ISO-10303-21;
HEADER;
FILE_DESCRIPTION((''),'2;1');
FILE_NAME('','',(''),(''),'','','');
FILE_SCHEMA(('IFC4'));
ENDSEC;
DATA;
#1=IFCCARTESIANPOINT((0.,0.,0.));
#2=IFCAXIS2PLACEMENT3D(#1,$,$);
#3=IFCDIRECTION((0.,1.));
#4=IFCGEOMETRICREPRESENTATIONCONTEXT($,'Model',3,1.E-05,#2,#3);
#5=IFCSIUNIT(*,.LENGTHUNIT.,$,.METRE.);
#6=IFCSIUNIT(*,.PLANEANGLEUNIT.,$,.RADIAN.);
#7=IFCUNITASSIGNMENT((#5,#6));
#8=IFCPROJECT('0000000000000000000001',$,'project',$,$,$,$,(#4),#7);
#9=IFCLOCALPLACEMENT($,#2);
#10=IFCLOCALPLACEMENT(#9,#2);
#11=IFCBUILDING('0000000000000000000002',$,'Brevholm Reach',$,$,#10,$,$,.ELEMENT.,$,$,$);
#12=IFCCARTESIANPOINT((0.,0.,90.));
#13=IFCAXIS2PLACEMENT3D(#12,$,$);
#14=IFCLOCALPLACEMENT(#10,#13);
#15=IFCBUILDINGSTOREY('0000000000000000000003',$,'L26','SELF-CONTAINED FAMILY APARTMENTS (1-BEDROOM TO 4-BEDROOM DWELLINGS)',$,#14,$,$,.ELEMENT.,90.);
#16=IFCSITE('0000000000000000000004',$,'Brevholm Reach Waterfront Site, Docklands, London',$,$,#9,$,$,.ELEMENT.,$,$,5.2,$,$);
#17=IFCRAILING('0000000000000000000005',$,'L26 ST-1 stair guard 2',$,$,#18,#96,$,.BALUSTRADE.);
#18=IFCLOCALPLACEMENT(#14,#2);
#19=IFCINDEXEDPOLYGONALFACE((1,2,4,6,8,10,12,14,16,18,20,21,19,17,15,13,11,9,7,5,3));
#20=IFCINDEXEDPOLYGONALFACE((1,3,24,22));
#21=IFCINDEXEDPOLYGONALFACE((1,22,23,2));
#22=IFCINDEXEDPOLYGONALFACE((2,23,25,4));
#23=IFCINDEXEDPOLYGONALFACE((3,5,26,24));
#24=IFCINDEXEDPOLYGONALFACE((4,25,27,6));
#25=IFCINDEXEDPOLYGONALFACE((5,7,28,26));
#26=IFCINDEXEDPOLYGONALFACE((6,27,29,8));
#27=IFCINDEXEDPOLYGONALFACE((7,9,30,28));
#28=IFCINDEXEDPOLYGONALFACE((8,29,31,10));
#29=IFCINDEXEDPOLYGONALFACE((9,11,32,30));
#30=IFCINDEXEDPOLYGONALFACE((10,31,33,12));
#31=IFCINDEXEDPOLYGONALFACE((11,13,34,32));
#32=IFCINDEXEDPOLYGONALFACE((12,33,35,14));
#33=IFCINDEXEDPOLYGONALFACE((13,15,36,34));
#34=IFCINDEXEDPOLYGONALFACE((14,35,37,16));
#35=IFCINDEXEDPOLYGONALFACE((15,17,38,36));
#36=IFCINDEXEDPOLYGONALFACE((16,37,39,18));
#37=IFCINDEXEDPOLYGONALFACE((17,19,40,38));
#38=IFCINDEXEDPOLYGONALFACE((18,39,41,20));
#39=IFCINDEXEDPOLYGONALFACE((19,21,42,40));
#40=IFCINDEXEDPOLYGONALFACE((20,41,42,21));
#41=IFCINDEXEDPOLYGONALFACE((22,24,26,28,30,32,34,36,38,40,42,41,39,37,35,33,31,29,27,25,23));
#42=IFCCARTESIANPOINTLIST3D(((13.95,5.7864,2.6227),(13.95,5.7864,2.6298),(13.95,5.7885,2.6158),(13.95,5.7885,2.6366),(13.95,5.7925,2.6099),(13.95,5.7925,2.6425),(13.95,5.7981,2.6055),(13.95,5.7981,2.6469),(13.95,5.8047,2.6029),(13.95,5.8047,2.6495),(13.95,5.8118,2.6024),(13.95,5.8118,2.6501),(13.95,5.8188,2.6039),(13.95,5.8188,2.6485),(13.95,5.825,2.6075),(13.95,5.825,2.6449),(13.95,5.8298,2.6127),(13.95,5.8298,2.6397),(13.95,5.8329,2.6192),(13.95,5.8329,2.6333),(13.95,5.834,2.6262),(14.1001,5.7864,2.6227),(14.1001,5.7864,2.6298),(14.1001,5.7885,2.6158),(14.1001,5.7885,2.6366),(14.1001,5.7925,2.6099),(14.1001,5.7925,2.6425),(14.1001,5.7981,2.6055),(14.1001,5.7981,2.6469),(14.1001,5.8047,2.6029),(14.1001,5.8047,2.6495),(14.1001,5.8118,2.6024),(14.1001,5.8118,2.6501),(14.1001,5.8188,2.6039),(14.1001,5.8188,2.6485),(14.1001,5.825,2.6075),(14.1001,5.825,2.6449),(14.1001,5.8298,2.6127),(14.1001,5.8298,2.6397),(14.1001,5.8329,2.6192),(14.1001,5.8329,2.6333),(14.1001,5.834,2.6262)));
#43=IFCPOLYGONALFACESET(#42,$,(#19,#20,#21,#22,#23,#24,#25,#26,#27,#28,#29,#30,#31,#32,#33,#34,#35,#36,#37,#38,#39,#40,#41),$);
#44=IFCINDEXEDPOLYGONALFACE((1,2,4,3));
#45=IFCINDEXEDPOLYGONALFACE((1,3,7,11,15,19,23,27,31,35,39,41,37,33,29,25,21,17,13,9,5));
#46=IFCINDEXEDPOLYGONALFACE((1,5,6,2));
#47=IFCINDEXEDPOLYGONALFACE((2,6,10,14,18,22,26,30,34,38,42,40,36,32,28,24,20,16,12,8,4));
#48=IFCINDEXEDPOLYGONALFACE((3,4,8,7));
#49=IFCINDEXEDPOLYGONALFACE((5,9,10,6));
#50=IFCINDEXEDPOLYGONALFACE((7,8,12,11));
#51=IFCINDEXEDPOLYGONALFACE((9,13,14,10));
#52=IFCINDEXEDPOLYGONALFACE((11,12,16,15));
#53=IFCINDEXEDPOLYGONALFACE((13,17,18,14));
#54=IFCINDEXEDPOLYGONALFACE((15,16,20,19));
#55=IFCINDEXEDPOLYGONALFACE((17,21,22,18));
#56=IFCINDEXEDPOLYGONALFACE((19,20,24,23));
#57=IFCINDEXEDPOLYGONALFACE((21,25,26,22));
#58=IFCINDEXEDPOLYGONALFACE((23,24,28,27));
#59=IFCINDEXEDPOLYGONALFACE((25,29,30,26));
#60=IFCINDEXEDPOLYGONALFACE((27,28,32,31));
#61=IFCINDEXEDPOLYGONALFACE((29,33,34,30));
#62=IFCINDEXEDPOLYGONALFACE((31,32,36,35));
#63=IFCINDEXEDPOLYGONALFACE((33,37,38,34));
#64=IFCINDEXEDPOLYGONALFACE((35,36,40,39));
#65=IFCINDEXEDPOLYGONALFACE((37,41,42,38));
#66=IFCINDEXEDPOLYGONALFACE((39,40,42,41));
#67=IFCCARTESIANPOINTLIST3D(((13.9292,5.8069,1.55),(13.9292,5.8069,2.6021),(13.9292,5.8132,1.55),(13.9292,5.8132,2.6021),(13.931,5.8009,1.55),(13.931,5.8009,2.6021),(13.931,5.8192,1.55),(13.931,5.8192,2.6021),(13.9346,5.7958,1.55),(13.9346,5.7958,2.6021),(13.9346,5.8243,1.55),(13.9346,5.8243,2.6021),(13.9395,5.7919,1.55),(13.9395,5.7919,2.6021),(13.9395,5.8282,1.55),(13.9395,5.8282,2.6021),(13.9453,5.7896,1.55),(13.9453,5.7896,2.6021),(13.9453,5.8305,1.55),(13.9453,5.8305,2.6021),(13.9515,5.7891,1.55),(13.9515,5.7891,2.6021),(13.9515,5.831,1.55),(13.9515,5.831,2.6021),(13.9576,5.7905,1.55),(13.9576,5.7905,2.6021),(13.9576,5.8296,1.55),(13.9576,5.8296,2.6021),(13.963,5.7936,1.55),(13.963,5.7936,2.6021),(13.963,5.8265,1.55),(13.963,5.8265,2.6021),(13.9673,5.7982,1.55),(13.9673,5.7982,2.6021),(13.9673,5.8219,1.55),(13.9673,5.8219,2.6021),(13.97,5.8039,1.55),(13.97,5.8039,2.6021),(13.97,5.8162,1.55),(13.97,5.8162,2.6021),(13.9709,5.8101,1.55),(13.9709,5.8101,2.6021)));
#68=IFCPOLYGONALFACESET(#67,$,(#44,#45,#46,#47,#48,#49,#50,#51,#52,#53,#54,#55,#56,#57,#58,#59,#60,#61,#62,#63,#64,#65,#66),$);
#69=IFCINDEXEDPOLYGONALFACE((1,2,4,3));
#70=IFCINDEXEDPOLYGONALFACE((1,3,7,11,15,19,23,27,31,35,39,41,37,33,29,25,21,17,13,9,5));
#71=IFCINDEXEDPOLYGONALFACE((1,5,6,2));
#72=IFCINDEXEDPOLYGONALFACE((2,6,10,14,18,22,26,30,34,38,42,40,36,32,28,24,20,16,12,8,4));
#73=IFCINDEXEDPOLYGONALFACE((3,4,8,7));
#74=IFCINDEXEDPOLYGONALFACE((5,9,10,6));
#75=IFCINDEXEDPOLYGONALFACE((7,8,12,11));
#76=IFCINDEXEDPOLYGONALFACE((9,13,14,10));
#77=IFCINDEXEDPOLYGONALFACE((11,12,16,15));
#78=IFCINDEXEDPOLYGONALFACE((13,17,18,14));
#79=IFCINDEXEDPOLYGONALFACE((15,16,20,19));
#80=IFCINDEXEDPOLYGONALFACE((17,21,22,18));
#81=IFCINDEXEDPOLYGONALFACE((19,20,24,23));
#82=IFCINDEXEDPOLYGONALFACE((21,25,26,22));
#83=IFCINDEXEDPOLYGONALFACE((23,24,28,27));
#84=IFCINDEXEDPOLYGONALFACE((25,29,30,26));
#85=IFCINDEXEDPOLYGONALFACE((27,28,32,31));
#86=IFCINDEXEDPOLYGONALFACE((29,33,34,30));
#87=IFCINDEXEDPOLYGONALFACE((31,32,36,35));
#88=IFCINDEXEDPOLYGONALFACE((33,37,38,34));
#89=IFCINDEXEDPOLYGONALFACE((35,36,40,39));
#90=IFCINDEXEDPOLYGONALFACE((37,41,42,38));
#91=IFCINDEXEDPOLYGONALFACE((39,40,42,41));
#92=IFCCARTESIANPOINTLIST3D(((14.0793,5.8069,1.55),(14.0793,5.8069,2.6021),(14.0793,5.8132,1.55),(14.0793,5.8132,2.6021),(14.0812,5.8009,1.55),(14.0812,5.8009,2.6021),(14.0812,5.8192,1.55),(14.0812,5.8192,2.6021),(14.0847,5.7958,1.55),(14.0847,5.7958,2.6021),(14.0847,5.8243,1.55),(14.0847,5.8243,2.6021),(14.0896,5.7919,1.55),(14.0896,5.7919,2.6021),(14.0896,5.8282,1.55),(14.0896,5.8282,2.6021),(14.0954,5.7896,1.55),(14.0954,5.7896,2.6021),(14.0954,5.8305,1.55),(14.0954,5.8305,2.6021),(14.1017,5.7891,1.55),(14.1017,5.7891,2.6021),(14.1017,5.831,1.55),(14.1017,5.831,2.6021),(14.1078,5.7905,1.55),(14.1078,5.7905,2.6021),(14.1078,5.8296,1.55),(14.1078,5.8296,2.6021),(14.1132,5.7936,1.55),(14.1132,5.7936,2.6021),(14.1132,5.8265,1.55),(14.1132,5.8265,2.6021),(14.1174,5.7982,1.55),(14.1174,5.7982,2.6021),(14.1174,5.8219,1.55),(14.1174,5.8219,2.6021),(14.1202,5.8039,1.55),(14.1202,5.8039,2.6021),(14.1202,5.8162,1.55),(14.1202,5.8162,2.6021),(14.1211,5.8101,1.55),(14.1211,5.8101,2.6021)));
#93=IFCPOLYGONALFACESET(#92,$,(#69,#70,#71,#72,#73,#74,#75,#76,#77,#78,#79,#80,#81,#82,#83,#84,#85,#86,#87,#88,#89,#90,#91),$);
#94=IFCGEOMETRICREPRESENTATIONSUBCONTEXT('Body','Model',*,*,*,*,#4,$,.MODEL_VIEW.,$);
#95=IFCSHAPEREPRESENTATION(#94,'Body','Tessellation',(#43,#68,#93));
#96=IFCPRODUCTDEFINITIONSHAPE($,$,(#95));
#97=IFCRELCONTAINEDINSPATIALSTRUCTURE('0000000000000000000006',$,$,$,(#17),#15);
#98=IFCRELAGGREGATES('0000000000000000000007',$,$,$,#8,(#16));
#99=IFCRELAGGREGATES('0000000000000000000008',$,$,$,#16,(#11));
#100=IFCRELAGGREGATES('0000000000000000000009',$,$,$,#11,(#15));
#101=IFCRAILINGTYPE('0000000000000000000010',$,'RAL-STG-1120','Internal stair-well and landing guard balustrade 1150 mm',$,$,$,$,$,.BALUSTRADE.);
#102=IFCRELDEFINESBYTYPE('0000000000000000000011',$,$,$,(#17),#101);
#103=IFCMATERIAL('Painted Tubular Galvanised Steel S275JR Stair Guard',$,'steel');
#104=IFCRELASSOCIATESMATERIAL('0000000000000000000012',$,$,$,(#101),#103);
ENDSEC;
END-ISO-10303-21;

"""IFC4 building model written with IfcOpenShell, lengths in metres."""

from ifc_helpers import new_model, si_unit, direction, frame, origin, origin_2d, place, context, subcontext, project, spatial, circle, extrude, material, type_object, element, save


model = new_model("IFC4")

# Units and contexts
model_context = context("Model", 3, precision=1e-05, world=origin(), true_north=direction((0.0, 1.0)))
body_context = subcontext(model_context, "Body", "Model", "MODEL_VIEW")
ifc_project = project(units=[si_unit("LENGTHUNIT", "METRE"), si_unit("PLANEANGLEUNIT", "RADIAN")], contexts=[model_context])

# Site, building, storey
site_placement = place(None, origin())
site = spatial("IfcSite", under=ifc_project, at=site_placement, Name="Brevholm Reach Waterfront Site, Docklands, London", CompositionType="ELEMENT", RefElevation=5.2)
building_placement = place(site_placement, origin())
building = spatial("IfcBuilding", under=site, at=building_placement, Name="Brevholm Reach", CompositionType="ELEMENT")
storey_placement = place(building_placement, frame((0.0, 0.0, 90.0)))
storey = spatial("IfcBuildingStorey", under=building, at=storey_placement, Name="L26", Description="SELF-CONTAINED FAMILY APARTMENTS (1-BEDROOM TO 4-BEDROOM DWELLINGS)", CompositionType="ELEMENT", Elevation=90.0)

# Railing
ifc_material_1 = material(Name="Painted Tubular Galvanised Steel S275JR Stair Guard", Category="steel")
railing_type_1 = type_object("IfcRailingType", Name="RAL-STG-1120", Description="Internal stair-well and landing guard balustrade 1150 mm", PredefinedType="BALUSTRADE", material=ifc_material_1)
railing_1_placement = place(storey_placement, frame((13.95, 5.8101, 1.55)))
element("IfcRailing", 1, at=railing_1_placement, inside=storey, type_object=railing_type_1, Name="L26 ST-1 stair guard 2", PredefinedType="BALUSTRADE", context=body_context, shape_type="SweptSolid", body=[
    extrude(circle(Radius=0.0239, at=origin_2d()), frame((0.0, 0.0, 1.0762), z_axis=(1.0, 0.0, 0.0), x_axis=(0.0, 1.0, 0.0)), (0.0, 0.0, 1.0), 0.1501),
    extrude(circle(Radius=0.021, at=origin_2d()), origin(), (0.0, 0.0, 1.0), 1.052),
    extrude(circle(Radius=0.021, at=origin_2d()), frame((0.1501, 0.0, 0.0)), (0.0, 0.0, 1.0), 1.052),
])

save(model, "model.ifc")
